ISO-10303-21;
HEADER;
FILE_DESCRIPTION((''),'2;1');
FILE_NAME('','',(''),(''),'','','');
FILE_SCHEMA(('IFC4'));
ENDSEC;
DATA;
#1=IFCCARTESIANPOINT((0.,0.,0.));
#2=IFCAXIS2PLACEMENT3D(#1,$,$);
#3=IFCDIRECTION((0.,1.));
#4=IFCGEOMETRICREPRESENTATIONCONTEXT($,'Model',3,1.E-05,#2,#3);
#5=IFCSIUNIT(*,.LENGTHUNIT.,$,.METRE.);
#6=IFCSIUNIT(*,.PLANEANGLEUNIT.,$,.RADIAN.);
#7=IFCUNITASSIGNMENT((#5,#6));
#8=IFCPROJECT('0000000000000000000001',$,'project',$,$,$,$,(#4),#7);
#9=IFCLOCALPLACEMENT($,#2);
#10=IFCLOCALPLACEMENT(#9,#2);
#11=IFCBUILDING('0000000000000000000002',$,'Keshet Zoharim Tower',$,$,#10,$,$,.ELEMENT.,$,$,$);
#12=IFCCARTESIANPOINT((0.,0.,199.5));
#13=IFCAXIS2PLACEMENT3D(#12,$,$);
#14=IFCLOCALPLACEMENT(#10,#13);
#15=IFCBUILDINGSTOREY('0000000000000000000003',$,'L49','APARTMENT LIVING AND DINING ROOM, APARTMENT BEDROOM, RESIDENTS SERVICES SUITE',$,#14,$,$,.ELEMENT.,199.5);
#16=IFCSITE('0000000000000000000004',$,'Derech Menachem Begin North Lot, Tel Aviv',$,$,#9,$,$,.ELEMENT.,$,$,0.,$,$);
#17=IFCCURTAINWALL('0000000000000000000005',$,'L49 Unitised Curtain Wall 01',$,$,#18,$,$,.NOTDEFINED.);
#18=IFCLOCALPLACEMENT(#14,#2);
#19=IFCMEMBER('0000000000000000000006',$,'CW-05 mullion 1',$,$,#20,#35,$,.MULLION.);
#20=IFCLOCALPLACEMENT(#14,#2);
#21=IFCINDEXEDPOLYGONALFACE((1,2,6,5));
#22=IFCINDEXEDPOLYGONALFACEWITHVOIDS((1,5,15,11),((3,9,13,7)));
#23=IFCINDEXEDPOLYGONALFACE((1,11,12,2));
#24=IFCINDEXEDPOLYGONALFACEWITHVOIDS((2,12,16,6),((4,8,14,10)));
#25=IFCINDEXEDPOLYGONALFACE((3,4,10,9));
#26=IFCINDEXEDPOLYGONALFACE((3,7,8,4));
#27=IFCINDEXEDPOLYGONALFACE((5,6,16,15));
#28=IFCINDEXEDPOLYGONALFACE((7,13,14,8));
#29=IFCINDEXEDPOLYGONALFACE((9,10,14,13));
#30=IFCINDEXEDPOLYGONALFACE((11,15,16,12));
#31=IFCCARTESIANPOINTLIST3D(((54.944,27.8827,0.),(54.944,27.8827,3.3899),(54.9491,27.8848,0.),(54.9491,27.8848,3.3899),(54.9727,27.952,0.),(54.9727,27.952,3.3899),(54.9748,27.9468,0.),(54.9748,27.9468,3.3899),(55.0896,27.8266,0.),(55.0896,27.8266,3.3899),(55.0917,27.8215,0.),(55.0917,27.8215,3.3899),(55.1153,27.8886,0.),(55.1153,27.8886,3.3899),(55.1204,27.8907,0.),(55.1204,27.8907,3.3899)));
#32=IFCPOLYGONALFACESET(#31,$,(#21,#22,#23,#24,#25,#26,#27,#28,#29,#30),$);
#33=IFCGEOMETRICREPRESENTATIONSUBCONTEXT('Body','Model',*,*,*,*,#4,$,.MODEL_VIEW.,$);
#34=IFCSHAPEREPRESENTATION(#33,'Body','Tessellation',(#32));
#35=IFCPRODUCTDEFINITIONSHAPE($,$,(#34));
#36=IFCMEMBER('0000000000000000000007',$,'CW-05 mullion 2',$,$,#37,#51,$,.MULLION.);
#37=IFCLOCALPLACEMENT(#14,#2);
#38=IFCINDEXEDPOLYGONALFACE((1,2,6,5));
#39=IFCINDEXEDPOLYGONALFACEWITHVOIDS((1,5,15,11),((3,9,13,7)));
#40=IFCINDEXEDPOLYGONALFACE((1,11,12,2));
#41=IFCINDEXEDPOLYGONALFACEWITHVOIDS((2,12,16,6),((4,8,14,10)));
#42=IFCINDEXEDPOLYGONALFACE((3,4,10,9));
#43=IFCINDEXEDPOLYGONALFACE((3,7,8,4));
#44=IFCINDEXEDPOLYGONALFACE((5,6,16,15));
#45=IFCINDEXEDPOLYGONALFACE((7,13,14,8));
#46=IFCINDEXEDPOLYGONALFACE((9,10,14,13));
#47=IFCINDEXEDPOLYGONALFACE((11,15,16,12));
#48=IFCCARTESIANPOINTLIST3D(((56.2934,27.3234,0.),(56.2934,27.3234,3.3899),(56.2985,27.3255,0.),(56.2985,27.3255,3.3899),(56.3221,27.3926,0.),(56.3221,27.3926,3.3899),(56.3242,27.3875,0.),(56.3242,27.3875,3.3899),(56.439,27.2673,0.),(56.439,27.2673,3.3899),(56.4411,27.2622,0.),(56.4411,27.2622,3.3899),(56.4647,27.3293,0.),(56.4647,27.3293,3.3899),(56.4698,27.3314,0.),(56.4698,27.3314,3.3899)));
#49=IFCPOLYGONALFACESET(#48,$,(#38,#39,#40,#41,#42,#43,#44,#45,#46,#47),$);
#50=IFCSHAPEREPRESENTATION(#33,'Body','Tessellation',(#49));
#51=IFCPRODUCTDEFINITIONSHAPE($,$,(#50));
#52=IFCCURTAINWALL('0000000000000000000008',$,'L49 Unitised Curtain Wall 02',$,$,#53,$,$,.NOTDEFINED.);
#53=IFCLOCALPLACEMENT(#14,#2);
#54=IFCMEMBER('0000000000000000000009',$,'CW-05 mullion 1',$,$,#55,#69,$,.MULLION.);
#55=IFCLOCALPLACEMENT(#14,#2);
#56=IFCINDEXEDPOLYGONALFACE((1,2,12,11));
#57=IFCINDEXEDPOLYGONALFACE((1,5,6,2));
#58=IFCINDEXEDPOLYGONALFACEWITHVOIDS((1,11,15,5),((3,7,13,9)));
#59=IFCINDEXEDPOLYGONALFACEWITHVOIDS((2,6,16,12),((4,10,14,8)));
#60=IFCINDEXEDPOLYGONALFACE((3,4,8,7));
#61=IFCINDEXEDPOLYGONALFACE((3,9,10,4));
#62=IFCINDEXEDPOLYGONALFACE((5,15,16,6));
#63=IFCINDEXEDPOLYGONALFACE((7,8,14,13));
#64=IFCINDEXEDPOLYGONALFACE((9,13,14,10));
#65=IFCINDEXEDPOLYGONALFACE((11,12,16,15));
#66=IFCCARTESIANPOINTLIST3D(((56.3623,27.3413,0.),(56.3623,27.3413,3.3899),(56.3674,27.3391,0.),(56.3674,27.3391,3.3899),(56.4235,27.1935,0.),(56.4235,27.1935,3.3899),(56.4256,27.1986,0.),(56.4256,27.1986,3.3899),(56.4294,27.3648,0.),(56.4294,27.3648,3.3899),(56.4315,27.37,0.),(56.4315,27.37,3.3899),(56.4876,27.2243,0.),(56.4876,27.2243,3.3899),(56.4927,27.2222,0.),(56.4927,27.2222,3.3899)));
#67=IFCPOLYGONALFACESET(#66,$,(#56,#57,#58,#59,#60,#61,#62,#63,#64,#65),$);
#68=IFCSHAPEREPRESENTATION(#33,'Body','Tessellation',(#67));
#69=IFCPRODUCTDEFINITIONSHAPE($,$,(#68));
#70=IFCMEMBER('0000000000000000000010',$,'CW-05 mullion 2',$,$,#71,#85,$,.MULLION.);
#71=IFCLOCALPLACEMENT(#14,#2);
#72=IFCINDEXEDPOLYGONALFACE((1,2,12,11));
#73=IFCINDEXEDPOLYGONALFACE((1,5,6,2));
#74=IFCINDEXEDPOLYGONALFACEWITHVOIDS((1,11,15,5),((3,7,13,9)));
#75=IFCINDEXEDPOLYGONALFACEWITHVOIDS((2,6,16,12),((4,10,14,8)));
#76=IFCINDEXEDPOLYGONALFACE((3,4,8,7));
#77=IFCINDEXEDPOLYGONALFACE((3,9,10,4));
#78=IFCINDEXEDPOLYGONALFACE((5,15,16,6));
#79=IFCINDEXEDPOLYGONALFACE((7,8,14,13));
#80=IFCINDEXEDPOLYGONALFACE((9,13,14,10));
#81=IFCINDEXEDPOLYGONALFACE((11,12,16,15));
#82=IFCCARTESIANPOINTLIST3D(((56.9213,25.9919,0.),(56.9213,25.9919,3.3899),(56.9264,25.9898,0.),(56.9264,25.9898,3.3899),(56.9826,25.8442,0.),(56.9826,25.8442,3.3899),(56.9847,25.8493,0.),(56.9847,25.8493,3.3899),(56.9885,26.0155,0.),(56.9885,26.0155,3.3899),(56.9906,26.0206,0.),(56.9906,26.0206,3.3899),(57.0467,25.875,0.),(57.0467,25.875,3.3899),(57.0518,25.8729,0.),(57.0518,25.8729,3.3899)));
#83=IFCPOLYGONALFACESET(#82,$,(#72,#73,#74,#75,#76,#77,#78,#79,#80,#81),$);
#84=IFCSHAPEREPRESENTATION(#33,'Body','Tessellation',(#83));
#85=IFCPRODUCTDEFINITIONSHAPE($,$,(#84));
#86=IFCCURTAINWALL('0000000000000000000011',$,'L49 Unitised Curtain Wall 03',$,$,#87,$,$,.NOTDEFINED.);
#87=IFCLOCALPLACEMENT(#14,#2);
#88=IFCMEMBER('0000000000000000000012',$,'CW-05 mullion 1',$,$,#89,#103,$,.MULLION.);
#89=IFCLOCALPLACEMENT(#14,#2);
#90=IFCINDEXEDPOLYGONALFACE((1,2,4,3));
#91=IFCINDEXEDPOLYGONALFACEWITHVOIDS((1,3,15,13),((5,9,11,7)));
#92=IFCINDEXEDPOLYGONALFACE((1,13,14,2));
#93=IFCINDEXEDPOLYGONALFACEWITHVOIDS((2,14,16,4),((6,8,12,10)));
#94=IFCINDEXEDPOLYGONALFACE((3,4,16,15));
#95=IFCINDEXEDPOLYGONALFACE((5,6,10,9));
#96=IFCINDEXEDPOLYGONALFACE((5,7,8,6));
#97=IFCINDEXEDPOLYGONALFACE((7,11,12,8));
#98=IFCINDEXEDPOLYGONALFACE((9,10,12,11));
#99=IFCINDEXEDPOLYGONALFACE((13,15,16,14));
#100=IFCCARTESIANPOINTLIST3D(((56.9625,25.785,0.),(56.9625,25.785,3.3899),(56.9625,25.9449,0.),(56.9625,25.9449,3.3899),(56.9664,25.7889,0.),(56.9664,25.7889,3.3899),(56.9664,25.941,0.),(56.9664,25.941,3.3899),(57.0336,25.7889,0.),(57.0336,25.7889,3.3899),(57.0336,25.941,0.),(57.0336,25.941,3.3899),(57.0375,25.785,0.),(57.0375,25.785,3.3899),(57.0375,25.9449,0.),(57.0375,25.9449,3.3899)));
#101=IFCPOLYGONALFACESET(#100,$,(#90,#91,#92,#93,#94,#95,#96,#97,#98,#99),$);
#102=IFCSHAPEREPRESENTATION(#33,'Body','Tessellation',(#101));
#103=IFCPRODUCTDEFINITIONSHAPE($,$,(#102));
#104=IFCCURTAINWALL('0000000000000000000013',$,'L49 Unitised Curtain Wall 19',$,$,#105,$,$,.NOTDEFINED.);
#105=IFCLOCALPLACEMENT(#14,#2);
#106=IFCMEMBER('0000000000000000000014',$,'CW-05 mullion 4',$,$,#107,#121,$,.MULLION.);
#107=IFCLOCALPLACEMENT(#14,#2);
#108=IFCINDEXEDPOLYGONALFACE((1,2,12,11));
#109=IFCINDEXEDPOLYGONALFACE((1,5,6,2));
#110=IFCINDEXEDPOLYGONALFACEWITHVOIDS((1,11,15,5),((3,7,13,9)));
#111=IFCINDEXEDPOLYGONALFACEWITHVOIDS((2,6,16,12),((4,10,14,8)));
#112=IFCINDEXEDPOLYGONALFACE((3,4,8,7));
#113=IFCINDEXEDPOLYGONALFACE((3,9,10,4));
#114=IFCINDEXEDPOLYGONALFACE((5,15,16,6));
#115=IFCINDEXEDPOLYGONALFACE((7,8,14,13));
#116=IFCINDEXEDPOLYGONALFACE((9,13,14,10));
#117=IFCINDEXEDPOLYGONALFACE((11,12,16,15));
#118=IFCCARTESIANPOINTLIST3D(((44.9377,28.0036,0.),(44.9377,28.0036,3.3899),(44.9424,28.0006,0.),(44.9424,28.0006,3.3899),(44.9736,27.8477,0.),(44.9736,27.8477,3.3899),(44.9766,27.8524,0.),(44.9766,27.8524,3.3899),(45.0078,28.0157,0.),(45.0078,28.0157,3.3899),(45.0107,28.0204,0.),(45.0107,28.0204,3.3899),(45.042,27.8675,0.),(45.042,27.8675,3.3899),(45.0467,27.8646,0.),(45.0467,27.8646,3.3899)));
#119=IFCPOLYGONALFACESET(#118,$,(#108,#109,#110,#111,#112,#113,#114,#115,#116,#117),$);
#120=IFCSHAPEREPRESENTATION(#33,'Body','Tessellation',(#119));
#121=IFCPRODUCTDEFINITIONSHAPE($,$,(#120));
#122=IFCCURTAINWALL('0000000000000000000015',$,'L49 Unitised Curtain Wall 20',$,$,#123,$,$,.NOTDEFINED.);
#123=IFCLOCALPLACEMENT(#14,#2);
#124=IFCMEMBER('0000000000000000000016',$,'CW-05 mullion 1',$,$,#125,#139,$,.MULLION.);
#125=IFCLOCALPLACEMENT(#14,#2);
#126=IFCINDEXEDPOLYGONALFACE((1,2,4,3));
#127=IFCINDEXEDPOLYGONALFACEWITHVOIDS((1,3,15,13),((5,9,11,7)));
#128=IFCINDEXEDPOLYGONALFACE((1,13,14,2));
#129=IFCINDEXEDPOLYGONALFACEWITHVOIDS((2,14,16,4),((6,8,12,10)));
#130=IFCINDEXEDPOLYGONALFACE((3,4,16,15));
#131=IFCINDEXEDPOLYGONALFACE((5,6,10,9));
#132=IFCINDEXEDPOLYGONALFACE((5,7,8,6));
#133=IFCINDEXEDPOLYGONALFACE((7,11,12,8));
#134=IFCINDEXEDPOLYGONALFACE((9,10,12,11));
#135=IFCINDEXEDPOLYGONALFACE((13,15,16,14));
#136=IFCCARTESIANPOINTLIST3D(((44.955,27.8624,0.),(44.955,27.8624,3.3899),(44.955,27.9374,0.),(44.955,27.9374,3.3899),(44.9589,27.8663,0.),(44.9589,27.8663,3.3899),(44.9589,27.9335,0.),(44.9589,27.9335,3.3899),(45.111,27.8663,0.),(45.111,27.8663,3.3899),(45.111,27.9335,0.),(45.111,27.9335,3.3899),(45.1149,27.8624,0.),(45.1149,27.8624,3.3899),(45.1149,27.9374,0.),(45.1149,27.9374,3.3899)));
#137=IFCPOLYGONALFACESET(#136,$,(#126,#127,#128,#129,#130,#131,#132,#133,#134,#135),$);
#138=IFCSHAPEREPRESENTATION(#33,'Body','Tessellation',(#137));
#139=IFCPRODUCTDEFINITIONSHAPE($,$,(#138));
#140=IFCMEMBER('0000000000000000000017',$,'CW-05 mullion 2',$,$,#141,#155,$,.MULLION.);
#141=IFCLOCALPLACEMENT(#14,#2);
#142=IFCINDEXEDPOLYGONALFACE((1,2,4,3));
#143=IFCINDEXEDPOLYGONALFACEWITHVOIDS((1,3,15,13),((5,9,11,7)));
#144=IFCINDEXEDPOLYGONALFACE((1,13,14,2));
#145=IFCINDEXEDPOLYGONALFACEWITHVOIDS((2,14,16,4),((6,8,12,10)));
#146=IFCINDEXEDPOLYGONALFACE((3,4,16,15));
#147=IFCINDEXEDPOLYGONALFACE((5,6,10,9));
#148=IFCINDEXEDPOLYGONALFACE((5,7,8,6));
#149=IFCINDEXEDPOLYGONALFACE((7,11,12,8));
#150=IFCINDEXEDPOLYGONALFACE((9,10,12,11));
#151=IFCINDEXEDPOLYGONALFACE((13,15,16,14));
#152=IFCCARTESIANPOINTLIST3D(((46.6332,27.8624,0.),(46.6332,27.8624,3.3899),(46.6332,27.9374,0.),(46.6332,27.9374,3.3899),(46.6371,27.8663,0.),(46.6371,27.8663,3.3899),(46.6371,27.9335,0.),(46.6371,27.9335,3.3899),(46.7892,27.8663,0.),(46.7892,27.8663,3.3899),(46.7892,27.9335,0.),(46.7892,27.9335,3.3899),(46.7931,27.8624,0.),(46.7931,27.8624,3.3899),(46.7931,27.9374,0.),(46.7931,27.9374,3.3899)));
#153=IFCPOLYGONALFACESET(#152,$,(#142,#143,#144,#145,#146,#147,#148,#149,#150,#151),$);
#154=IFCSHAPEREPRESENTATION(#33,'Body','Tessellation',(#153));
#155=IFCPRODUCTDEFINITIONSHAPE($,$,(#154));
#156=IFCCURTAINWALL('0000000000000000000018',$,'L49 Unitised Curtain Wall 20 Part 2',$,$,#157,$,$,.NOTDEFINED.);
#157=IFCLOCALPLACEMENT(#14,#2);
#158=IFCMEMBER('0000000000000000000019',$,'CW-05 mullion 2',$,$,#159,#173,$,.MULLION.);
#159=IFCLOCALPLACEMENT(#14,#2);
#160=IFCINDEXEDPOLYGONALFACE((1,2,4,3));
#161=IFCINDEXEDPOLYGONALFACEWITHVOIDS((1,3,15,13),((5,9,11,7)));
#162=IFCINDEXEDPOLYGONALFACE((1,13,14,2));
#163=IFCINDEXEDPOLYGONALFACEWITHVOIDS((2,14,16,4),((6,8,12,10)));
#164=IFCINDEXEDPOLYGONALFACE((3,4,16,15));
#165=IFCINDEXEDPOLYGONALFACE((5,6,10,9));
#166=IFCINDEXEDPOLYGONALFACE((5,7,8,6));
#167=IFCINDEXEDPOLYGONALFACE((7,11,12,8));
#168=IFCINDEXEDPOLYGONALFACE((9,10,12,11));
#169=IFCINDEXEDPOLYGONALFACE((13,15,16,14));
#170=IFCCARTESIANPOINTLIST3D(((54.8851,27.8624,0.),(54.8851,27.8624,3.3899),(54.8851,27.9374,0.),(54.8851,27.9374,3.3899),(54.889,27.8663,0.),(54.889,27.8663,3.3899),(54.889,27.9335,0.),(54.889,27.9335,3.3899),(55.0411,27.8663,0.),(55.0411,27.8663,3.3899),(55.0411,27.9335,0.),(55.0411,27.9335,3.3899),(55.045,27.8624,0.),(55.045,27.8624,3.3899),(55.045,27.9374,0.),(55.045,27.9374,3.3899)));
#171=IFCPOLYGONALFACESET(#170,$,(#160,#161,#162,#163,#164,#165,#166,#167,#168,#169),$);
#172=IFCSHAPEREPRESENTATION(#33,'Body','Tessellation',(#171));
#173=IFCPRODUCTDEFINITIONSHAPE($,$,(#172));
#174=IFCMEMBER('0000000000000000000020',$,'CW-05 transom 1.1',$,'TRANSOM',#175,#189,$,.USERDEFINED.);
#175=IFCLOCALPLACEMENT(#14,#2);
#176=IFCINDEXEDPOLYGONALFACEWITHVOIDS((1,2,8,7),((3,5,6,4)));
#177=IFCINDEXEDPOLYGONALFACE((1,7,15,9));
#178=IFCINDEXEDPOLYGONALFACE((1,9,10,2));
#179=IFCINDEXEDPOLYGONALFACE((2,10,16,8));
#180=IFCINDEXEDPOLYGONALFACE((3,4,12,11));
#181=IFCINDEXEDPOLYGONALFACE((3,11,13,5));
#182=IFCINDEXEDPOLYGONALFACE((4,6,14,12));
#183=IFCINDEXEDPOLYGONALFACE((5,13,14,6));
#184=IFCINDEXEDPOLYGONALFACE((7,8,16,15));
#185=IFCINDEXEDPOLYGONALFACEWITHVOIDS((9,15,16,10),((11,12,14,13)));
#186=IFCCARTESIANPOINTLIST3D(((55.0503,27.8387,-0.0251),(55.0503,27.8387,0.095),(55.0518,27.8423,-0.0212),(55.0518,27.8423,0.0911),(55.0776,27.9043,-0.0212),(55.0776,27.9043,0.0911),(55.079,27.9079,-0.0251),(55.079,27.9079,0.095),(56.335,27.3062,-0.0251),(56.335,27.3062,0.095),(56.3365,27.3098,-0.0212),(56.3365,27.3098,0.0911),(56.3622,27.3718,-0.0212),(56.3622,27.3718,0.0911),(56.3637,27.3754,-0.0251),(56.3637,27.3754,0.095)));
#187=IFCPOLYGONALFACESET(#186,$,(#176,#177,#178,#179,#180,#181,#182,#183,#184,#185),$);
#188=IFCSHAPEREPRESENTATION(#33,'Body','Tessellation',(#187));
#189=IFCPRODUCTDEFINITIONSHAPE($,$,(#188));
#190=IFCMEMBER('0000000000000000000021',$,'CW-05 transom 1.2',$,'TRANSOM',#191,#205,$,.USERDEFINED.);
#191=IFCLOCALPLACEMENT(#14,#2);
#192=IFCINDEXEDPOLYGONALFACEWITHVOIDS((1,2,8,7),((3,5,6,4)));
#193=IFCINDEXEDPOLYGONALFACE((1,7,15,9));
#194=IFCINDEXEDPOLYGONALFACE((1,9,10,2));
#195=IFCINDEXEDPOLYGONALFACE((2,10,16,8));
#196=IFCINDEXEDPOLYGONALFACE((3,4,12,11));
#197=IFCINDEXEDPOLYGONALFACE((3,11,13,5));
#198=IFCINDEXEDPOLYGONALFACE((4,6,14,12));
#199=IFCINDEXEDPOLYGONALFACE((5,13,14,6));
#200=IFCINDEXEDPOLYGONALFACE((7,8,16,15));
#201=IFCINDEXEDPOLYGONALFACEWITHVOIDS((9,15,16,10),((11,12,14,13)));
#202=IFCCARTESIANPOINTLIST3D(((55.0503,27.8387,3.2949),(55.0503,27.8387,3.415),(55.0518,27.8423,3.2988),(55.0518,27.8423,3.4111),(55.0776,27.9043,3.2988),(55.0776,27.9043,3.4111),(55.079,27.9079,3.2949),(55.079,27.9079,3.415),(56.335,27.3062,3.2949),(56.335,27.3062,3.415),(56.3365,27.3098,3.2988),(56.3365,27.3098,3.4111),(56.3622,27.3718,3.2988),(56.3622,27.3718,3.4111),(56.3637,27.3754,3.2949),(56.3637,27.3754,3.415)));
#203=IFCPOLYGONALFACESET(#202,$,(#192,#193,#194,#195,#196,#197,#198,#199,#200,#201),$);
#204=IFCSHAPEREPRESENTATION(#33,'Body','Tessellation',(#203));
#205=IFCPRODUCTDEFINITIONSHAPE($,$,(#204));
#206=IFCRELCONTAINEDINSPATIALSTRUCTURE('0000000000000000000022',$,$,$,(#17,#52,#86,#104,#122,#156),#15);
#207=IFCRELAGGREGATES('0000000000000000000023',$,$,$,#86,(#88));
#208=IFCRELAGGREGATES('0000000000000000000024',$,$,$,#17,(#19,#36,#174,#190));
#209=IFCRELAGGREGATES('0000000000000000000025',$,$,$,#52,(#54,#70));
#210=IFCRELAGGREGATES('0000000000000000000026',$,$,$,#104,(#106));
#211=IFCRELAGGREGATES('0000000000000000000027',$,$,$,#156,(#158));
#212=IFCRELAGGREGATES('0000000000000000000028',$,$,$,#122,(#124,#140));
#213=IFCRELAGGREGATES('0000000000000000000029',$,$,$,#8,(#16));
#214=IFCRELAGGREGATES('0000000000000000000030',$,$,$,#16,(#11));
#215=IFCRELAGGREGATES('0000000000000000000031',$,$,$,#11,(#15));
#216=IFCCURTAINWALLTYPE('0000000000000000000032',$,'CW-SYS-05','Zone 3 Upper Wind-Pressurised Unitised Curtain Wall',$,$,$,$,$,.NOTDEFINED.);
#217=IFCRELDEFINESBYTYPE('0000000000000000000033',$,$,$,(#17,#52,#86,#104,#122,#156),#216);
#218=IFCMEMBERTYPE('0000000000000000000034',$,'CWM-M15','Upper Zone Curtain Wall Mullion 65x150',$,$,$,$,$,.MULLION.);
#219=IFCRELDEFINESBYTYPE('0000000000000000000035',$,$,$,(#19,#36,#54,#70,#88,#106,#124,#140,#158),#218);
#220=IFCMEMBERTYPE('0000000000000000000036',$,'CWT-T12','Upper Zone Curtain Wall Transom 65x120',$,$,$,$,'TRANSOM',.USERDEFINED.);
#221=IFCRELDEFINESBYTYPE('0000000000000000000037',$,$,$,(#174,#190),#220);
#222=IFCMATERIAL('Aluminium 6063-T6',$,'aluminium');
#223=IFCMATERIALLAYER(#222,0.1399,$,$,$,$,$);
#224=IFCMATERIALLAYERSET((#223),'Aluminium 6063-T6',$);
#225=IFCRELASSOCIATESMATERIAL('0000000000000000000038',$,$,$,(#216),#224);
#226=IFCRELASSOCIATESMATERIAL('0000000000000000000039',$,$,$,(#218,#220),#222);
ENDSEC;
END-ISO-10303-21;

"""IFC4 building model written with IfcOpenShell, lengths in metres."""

from ifc_helpers import new_model, si_unit, direction, frame, origin, origin_2d, place, context, subcontext, project, spatial, hollow_rectangle, extrude, material, layer, layer_set, material_profile, profile_set, type_object, element, aggregate, save


model = new_model("IFC4")

# Units and contexts
model_context = context("Model", 3, precision=1e-05, world=origin(), true_north=direction((0.0, 1.0)))
body_context = subcontext(model_context, "Body", "Model", "MODEL_VIEW")
ifc_project = project(units=[si_unit("LENGTHUNIT", "METRE"), si_unit("PLANEANGLEUNIT", "RADIAN")], contexts=[model_context])

# Site, building, storey
site_placement = place(None, origin())
site = spatial("IfcSite", under=ifc_project, at=site_placement, Name="Derech Menachem Begin North Lot, Tel Aviv", CompositionType="ELEMENT", RefElevation=0.0)
building_placement = place(site_placement, origin())
building = spatial("IfcBuilding", under=site, at=building_placement, Name="Keshet Zoharim Tower", CompositionType="ELEMENT")
storey_placement = place(building_placement, frame((0.0, 0.0, 199.5)))
storey = spatial("IfcBuildingStorey", under=building, at=storey_placement, Name="L49", Description="APARTMENT LIVING AND DINING ROOM, APARTMENT BEDROOM, RESIDENTS SERVICES SUITE", CompositionType="ELEMENT", Elevation=199.5)

# Curtain walls, members
ifc_material_1 = material(Name="Aluminium 6063-T6", Category="aluminium")
ifc_layer_1 = layer(ifc_material_1, 0.1399)
ifc_layer_set_1 = layer_set([ifc_layer_1], Name="Aluminium 6063-T6")
curtain_wall_type = type_object("IfcCurtainWallType", Name="CW-SYS-05", Description="Zone 3 Upper Wind-Pressurised Unitised Curtain Wall", PredefinedType="NOTDEFINED", material=ifc_layer_set_1)
curtain_wall_1_placement = place(storey_placement, origin())
curtain_wall_1 = element("IfcCurtainWall", 1, at=curtain_wall_1_placement, inside=storey, type_object=curtain_wall_type, Name="L49 Unitised Curtain Wall 01", PredefinedType="NOTDEFINED")
ifc_material_profile_1 = material_profile(ifc_material_1, hollow_rectangle(XDim=0.075, YDim=0.1599, WallThickness=0.0039, at=origin_2d()), Name="MUL-75x160")
ifc_profile_set_1 = profile_set([ifc_material_profile_1], Name="Aluminium 6063-T6")
member_type_1 = type_object("IfcMemberType", Name="CWM-M15", Description="Upper Zone Curtain Wall Mullion 65x150", PredefinedType="MULLION", material=ifc_profile_set_1)
member_1_placement = place(storey_placement, frame((55.0322, 27.8867, 0.0), z_axis=(0.0, 0.0, 1.0), x_axis=(0.382852, 0.92381, 0.0)))
member_1 = element("IfcMember", 2, at=member_1_placement, type_object=member_type_1, Name="CW-05 mullion 1", PredefinedType="MULLION", context=body_context, shape_type="SweptSolid", body=[
    extrude(hollow_rectangle(XDim=0.075, YDim=0.1599, WallThickness=0.0039, at=origin_2d()), origin(), (0.0, 0.0, 1.0), 3.3899),
])
member_2_placement = place(storey_placement, frame((56.3816, 27.3274, 0.0), z_axis=(0.0, 0.0, 1.0), x_axis=(0.382852, 0.92381, 0.0)))
member_2 = element("IfcMember", 3, at=member_2_placement, type_object=member_type_1, Name="CW-05 mullion 2", PredefinedType="MULLION", context=body_context, shape_type="SweptSolid", body=[
    extrude(hollow_rectangle(XDim=0.075, YDim=0.1599, WallThickness=0.0039, at=origin_2d()), origin(), (0.0, 0.0, 1.0), 3.3899),
])
curtain_wall_2_placement = place(storey_placement, origin())
curtain_wall_2 = element("IfcCurtainWall", 4, at=curtain_wall_2_placement, inside=storey, type_object=curtain_wall_type, Name="L49 Unitised Curtain Wall 02", PredefinedType="NOTDEFINED")
member_3_placement = place(storey_placement, frame((56.4275, 27.2817, 0.0), z_axis=(0.0, 0.0, 1.0), x_axis=(0.92381, 0.382852, 0.0)))
member_3 = element("IfcMember", 5, at=member_3_placement, type_object=member_type_1, Name="CW-05 mullion 1", PredefinedType="MULLION", context=body_context, shape_type="SweptSolid", body=[
    extrude(hollow_rectangle(XDim=0.075, YDim=0.1599, WallThickness=0.0039, at=origin_2d()), origin(), (0.0, 0.0, 1.0), 3.3899),
])
member_4_placement = place(storey_placement, frame((56.9866, 25.9324, 0.0), z_axis=(0.0, 0.0, 1.0), x_axis=(0.92381, 0.382852, 0.0)))
member_4 = element("IfcMember", 6, at=member_4_placement, type_object=member_type_1, Name="CW-05 mullion 2", PredefinedType="MULLION", context=body_context, shape_type="SweptSolid", body=[
    extrude(hollow_rectangle(XDim=0.075, YDim=0.1599, WallThickness=0.0039, at=origin_2d()), origin(), (0.0, 0.0, 1.0), 3.3899),
])

# Curtain walls, members
curtain_wall_3_placement = place(storey_placement, origin())
curtain_wall_3 = element("IfcCurtainWall", 7, at=curtain_wall_3_placement, inside=storey, type_object=curtain_wall_type, Name="L49 Unitised Curtain Wall 03", PredefinedType="NOTDEFINED")
member_5_placement = place(storey_placement, frame((57.0, 25.865, 0.0), z_axis=(0.0, 0.0, 1.0), x_axis=(1.0, 0.0, 0.0)))
member_5 = element("IfcMember", 8, at=member_5_placement, type_object=member_type_1, Name="CW-05 mullion 1", PredefinedType="MULLION", context=body_context, shape_type="SweptSolid", body=[
    extrude(hollow_rectangle(XDim=0.075, YDim=0.1599, WallThickness=0.0039, at=origin_2d()), origin(), (0.0, 0.0, 1.0), 3.3899),
])
curtain_wall_4_placement = place(storey_placement, origin())
curtain_wall_4 = element("IfcCurtainWall", 9, at=curtain_wall_4_placement, inside=storey, type_object=curtain_wall_type, Name="L49 Unitised Curtain Wall 19", PredefinedType="NOTDEFINED")
member_6_placement = place(storey_placement, frame((44.9922, 27.9341, 0.0), z_axis=(0.0, 0.0, 1.0), x_axis=(0.974394, 0.224848, 0.0)))
member_6 = element("IfcMember", 10, at=member_6_placement, type_object=member_type_1, Name="CW-05 mullion 4", PredefinedType="MULLION", context=body_context, shape_type="SweptSolid", body=[
    extrude(hollow_rectangle(XDim=0.075, YDim=0.1599, WallThickness=0.0039, at=origin_2d()), origin(), (0.0, 0.0, 1.0), 3.3899),
])

# Curtain wall, members
curtain_wall_5_placement = place(storey_placement, origin())
curtain_wall_5 = element("IfcCurtainWall", 11, at=curtain_wall_5_placement, inside=storey, type_object=curtain_wall_type, Name="L49 Unitised Curtain Wall 20", PredefinedType="NOTDEFINED")
member_7_placement = place(storey_placement, frame((45.0349, 27.8999, 0.0), z_axis=(0.0, 0.0, 1.0), x_axis=(0.0, 1.0, 0.0)))
member_7 = element("IfcMember", 12, at=member_7_placement, type_object=member_type_1, Name="CW-05 mullion 1", PredefinedType="MULLION", context=body_context, shape_type="SweptSolid", body=[
    extrude(hollow_rectangle(XDim=0.075, YDim=0.1599, WallThickness=0.0039, at=origin_2d()), origin(), (0.0, 0.0, 1.0), 3.3899),
])
member_8_placement = place(storey_placement, frame((46.7131, 27.8999, 0.0), z_axis=(0.0, 0.0, 1.0), x_axis=(0.0, 1.0, 0.0)))
member_8 = element("IfcMember", 13, at=member_8_placement, type_object=member_type_1, Name="CW-05 mullion 2", PredefinedType="MULLION", context=body_context, shape_type="SweptSolid", body=[
    extrude(hollow_rectangle(XDim=0.075, YDim=0.1599, WallThickness=0.0039, at=origin_2d()), origin(), (0.0, 0.0, 1.0), 3.3899),
])

# Curtain wall, member
curtain_wall_6_placement = place(storey_placement, origin())
curtain_wall_6 = element("IfcCurtainWall", 14, at=curtain_wall_6_placement, inside=storey, type_object=curtain_wall_type, Name="L49 Unitised Curtain Wall 20 Part 2", PredefinedType="NOTDEFINED")
member_9_placement = place(storey_placement, frame((54.9651, 27.8999, 0.0), z_axis=(0.0, 0.0, 1.0), x_axis=(0.0, 1.0, 0.0)))
member_9 = element("IfcMember", 15, at=member_9_placement, type_object=member_type_1, Name="CW-05 mullion 2", PredefinedType="MULLION", context=body_context, shape_type="SweptSolid", body=[
    extrude(hollow_rectangle(XDim=0.075, YDim=0.1599, WallThickness=0.0039, at=origin_2d()), origin(), (0.0, 0.0, 1.0), 3.3899),
])

# Members
ifc_material_profile_2 = material_profile(ifc_material_1, hollow_rectangle(XDim=0.075, YDim=0.1201, WallThickness=0.0039, at=origin_2d()), Name="TRN-75x120")
ifc_profile_set_2 = profile_set([ifc_material_profile_2], Name="Aluminium 6063-T6")
member_type_2 = type_object("IfcMemberType", Name="CWT-T12", Description="Upper Zone Curtain Wall Transom 65x120", ElementType="TRANSOM", PredefinedType="USERDEFINED", material=ifc_profile_set_2)
member_10_placement = place(storey_placement, frame((55.0647, 27.8733, 0.0349), z_axis=(0.923792, -0.382894, 0.0), x_axis=(0.382894, 0.923792, 0.0)))
member_10 = element("IfcMember", 16, at=member_10_placement, type_object=member_type_2, Name="CW-05 transom 1.1", ObjectType="TRANSOM", PredefinedType="USERDEFINED", context=body_context, shape_type="SweptSolid", body=[
    extrude(hollow_rectangle(XDim=0.075, YDim=0.1201, WallThickness=0.0039, at=origin_2d()), origin(), (0.0, 0.0, 1.0), 1.3906),
])
member_11_placement = place(storey_placement, frame((55.0647, 27.8733, 3.355), z_axis=(0.923792, -0.382894, 0.0), x_axis=(0.382894, 0.923792, 0.0)))
member_11 = element("IfcMember", 17, at=member_11_placement, type_object=member_type_2, Name="CW-05 transom 1.2", ObjectType="TRANSOM", PredefinedType="USERDEFINED", context=body_context, shape_type="SweptSolid", body=[
    extrude(hollow_rectangle(XDim=0.075, YDim=0.1201, WallThickness=0.0039, at=origin_2d()), origin(), (0.0, 0.0, 1.0), 1.3906),
])
aggregate(curtain_wall_3, [member_5])

aggregate(curtain_wall_1, [member_1, member_2, member_10, member_11])
aggregate(curtain_wall_2, [member_3, member_4])
aggregate(curtain_wall_4, [member_6])
aggregate(curtain_wall_6, [member_9])
aggregate(curtain_wall_5, [member_7, member_8])

save(model, "model.ifc")
